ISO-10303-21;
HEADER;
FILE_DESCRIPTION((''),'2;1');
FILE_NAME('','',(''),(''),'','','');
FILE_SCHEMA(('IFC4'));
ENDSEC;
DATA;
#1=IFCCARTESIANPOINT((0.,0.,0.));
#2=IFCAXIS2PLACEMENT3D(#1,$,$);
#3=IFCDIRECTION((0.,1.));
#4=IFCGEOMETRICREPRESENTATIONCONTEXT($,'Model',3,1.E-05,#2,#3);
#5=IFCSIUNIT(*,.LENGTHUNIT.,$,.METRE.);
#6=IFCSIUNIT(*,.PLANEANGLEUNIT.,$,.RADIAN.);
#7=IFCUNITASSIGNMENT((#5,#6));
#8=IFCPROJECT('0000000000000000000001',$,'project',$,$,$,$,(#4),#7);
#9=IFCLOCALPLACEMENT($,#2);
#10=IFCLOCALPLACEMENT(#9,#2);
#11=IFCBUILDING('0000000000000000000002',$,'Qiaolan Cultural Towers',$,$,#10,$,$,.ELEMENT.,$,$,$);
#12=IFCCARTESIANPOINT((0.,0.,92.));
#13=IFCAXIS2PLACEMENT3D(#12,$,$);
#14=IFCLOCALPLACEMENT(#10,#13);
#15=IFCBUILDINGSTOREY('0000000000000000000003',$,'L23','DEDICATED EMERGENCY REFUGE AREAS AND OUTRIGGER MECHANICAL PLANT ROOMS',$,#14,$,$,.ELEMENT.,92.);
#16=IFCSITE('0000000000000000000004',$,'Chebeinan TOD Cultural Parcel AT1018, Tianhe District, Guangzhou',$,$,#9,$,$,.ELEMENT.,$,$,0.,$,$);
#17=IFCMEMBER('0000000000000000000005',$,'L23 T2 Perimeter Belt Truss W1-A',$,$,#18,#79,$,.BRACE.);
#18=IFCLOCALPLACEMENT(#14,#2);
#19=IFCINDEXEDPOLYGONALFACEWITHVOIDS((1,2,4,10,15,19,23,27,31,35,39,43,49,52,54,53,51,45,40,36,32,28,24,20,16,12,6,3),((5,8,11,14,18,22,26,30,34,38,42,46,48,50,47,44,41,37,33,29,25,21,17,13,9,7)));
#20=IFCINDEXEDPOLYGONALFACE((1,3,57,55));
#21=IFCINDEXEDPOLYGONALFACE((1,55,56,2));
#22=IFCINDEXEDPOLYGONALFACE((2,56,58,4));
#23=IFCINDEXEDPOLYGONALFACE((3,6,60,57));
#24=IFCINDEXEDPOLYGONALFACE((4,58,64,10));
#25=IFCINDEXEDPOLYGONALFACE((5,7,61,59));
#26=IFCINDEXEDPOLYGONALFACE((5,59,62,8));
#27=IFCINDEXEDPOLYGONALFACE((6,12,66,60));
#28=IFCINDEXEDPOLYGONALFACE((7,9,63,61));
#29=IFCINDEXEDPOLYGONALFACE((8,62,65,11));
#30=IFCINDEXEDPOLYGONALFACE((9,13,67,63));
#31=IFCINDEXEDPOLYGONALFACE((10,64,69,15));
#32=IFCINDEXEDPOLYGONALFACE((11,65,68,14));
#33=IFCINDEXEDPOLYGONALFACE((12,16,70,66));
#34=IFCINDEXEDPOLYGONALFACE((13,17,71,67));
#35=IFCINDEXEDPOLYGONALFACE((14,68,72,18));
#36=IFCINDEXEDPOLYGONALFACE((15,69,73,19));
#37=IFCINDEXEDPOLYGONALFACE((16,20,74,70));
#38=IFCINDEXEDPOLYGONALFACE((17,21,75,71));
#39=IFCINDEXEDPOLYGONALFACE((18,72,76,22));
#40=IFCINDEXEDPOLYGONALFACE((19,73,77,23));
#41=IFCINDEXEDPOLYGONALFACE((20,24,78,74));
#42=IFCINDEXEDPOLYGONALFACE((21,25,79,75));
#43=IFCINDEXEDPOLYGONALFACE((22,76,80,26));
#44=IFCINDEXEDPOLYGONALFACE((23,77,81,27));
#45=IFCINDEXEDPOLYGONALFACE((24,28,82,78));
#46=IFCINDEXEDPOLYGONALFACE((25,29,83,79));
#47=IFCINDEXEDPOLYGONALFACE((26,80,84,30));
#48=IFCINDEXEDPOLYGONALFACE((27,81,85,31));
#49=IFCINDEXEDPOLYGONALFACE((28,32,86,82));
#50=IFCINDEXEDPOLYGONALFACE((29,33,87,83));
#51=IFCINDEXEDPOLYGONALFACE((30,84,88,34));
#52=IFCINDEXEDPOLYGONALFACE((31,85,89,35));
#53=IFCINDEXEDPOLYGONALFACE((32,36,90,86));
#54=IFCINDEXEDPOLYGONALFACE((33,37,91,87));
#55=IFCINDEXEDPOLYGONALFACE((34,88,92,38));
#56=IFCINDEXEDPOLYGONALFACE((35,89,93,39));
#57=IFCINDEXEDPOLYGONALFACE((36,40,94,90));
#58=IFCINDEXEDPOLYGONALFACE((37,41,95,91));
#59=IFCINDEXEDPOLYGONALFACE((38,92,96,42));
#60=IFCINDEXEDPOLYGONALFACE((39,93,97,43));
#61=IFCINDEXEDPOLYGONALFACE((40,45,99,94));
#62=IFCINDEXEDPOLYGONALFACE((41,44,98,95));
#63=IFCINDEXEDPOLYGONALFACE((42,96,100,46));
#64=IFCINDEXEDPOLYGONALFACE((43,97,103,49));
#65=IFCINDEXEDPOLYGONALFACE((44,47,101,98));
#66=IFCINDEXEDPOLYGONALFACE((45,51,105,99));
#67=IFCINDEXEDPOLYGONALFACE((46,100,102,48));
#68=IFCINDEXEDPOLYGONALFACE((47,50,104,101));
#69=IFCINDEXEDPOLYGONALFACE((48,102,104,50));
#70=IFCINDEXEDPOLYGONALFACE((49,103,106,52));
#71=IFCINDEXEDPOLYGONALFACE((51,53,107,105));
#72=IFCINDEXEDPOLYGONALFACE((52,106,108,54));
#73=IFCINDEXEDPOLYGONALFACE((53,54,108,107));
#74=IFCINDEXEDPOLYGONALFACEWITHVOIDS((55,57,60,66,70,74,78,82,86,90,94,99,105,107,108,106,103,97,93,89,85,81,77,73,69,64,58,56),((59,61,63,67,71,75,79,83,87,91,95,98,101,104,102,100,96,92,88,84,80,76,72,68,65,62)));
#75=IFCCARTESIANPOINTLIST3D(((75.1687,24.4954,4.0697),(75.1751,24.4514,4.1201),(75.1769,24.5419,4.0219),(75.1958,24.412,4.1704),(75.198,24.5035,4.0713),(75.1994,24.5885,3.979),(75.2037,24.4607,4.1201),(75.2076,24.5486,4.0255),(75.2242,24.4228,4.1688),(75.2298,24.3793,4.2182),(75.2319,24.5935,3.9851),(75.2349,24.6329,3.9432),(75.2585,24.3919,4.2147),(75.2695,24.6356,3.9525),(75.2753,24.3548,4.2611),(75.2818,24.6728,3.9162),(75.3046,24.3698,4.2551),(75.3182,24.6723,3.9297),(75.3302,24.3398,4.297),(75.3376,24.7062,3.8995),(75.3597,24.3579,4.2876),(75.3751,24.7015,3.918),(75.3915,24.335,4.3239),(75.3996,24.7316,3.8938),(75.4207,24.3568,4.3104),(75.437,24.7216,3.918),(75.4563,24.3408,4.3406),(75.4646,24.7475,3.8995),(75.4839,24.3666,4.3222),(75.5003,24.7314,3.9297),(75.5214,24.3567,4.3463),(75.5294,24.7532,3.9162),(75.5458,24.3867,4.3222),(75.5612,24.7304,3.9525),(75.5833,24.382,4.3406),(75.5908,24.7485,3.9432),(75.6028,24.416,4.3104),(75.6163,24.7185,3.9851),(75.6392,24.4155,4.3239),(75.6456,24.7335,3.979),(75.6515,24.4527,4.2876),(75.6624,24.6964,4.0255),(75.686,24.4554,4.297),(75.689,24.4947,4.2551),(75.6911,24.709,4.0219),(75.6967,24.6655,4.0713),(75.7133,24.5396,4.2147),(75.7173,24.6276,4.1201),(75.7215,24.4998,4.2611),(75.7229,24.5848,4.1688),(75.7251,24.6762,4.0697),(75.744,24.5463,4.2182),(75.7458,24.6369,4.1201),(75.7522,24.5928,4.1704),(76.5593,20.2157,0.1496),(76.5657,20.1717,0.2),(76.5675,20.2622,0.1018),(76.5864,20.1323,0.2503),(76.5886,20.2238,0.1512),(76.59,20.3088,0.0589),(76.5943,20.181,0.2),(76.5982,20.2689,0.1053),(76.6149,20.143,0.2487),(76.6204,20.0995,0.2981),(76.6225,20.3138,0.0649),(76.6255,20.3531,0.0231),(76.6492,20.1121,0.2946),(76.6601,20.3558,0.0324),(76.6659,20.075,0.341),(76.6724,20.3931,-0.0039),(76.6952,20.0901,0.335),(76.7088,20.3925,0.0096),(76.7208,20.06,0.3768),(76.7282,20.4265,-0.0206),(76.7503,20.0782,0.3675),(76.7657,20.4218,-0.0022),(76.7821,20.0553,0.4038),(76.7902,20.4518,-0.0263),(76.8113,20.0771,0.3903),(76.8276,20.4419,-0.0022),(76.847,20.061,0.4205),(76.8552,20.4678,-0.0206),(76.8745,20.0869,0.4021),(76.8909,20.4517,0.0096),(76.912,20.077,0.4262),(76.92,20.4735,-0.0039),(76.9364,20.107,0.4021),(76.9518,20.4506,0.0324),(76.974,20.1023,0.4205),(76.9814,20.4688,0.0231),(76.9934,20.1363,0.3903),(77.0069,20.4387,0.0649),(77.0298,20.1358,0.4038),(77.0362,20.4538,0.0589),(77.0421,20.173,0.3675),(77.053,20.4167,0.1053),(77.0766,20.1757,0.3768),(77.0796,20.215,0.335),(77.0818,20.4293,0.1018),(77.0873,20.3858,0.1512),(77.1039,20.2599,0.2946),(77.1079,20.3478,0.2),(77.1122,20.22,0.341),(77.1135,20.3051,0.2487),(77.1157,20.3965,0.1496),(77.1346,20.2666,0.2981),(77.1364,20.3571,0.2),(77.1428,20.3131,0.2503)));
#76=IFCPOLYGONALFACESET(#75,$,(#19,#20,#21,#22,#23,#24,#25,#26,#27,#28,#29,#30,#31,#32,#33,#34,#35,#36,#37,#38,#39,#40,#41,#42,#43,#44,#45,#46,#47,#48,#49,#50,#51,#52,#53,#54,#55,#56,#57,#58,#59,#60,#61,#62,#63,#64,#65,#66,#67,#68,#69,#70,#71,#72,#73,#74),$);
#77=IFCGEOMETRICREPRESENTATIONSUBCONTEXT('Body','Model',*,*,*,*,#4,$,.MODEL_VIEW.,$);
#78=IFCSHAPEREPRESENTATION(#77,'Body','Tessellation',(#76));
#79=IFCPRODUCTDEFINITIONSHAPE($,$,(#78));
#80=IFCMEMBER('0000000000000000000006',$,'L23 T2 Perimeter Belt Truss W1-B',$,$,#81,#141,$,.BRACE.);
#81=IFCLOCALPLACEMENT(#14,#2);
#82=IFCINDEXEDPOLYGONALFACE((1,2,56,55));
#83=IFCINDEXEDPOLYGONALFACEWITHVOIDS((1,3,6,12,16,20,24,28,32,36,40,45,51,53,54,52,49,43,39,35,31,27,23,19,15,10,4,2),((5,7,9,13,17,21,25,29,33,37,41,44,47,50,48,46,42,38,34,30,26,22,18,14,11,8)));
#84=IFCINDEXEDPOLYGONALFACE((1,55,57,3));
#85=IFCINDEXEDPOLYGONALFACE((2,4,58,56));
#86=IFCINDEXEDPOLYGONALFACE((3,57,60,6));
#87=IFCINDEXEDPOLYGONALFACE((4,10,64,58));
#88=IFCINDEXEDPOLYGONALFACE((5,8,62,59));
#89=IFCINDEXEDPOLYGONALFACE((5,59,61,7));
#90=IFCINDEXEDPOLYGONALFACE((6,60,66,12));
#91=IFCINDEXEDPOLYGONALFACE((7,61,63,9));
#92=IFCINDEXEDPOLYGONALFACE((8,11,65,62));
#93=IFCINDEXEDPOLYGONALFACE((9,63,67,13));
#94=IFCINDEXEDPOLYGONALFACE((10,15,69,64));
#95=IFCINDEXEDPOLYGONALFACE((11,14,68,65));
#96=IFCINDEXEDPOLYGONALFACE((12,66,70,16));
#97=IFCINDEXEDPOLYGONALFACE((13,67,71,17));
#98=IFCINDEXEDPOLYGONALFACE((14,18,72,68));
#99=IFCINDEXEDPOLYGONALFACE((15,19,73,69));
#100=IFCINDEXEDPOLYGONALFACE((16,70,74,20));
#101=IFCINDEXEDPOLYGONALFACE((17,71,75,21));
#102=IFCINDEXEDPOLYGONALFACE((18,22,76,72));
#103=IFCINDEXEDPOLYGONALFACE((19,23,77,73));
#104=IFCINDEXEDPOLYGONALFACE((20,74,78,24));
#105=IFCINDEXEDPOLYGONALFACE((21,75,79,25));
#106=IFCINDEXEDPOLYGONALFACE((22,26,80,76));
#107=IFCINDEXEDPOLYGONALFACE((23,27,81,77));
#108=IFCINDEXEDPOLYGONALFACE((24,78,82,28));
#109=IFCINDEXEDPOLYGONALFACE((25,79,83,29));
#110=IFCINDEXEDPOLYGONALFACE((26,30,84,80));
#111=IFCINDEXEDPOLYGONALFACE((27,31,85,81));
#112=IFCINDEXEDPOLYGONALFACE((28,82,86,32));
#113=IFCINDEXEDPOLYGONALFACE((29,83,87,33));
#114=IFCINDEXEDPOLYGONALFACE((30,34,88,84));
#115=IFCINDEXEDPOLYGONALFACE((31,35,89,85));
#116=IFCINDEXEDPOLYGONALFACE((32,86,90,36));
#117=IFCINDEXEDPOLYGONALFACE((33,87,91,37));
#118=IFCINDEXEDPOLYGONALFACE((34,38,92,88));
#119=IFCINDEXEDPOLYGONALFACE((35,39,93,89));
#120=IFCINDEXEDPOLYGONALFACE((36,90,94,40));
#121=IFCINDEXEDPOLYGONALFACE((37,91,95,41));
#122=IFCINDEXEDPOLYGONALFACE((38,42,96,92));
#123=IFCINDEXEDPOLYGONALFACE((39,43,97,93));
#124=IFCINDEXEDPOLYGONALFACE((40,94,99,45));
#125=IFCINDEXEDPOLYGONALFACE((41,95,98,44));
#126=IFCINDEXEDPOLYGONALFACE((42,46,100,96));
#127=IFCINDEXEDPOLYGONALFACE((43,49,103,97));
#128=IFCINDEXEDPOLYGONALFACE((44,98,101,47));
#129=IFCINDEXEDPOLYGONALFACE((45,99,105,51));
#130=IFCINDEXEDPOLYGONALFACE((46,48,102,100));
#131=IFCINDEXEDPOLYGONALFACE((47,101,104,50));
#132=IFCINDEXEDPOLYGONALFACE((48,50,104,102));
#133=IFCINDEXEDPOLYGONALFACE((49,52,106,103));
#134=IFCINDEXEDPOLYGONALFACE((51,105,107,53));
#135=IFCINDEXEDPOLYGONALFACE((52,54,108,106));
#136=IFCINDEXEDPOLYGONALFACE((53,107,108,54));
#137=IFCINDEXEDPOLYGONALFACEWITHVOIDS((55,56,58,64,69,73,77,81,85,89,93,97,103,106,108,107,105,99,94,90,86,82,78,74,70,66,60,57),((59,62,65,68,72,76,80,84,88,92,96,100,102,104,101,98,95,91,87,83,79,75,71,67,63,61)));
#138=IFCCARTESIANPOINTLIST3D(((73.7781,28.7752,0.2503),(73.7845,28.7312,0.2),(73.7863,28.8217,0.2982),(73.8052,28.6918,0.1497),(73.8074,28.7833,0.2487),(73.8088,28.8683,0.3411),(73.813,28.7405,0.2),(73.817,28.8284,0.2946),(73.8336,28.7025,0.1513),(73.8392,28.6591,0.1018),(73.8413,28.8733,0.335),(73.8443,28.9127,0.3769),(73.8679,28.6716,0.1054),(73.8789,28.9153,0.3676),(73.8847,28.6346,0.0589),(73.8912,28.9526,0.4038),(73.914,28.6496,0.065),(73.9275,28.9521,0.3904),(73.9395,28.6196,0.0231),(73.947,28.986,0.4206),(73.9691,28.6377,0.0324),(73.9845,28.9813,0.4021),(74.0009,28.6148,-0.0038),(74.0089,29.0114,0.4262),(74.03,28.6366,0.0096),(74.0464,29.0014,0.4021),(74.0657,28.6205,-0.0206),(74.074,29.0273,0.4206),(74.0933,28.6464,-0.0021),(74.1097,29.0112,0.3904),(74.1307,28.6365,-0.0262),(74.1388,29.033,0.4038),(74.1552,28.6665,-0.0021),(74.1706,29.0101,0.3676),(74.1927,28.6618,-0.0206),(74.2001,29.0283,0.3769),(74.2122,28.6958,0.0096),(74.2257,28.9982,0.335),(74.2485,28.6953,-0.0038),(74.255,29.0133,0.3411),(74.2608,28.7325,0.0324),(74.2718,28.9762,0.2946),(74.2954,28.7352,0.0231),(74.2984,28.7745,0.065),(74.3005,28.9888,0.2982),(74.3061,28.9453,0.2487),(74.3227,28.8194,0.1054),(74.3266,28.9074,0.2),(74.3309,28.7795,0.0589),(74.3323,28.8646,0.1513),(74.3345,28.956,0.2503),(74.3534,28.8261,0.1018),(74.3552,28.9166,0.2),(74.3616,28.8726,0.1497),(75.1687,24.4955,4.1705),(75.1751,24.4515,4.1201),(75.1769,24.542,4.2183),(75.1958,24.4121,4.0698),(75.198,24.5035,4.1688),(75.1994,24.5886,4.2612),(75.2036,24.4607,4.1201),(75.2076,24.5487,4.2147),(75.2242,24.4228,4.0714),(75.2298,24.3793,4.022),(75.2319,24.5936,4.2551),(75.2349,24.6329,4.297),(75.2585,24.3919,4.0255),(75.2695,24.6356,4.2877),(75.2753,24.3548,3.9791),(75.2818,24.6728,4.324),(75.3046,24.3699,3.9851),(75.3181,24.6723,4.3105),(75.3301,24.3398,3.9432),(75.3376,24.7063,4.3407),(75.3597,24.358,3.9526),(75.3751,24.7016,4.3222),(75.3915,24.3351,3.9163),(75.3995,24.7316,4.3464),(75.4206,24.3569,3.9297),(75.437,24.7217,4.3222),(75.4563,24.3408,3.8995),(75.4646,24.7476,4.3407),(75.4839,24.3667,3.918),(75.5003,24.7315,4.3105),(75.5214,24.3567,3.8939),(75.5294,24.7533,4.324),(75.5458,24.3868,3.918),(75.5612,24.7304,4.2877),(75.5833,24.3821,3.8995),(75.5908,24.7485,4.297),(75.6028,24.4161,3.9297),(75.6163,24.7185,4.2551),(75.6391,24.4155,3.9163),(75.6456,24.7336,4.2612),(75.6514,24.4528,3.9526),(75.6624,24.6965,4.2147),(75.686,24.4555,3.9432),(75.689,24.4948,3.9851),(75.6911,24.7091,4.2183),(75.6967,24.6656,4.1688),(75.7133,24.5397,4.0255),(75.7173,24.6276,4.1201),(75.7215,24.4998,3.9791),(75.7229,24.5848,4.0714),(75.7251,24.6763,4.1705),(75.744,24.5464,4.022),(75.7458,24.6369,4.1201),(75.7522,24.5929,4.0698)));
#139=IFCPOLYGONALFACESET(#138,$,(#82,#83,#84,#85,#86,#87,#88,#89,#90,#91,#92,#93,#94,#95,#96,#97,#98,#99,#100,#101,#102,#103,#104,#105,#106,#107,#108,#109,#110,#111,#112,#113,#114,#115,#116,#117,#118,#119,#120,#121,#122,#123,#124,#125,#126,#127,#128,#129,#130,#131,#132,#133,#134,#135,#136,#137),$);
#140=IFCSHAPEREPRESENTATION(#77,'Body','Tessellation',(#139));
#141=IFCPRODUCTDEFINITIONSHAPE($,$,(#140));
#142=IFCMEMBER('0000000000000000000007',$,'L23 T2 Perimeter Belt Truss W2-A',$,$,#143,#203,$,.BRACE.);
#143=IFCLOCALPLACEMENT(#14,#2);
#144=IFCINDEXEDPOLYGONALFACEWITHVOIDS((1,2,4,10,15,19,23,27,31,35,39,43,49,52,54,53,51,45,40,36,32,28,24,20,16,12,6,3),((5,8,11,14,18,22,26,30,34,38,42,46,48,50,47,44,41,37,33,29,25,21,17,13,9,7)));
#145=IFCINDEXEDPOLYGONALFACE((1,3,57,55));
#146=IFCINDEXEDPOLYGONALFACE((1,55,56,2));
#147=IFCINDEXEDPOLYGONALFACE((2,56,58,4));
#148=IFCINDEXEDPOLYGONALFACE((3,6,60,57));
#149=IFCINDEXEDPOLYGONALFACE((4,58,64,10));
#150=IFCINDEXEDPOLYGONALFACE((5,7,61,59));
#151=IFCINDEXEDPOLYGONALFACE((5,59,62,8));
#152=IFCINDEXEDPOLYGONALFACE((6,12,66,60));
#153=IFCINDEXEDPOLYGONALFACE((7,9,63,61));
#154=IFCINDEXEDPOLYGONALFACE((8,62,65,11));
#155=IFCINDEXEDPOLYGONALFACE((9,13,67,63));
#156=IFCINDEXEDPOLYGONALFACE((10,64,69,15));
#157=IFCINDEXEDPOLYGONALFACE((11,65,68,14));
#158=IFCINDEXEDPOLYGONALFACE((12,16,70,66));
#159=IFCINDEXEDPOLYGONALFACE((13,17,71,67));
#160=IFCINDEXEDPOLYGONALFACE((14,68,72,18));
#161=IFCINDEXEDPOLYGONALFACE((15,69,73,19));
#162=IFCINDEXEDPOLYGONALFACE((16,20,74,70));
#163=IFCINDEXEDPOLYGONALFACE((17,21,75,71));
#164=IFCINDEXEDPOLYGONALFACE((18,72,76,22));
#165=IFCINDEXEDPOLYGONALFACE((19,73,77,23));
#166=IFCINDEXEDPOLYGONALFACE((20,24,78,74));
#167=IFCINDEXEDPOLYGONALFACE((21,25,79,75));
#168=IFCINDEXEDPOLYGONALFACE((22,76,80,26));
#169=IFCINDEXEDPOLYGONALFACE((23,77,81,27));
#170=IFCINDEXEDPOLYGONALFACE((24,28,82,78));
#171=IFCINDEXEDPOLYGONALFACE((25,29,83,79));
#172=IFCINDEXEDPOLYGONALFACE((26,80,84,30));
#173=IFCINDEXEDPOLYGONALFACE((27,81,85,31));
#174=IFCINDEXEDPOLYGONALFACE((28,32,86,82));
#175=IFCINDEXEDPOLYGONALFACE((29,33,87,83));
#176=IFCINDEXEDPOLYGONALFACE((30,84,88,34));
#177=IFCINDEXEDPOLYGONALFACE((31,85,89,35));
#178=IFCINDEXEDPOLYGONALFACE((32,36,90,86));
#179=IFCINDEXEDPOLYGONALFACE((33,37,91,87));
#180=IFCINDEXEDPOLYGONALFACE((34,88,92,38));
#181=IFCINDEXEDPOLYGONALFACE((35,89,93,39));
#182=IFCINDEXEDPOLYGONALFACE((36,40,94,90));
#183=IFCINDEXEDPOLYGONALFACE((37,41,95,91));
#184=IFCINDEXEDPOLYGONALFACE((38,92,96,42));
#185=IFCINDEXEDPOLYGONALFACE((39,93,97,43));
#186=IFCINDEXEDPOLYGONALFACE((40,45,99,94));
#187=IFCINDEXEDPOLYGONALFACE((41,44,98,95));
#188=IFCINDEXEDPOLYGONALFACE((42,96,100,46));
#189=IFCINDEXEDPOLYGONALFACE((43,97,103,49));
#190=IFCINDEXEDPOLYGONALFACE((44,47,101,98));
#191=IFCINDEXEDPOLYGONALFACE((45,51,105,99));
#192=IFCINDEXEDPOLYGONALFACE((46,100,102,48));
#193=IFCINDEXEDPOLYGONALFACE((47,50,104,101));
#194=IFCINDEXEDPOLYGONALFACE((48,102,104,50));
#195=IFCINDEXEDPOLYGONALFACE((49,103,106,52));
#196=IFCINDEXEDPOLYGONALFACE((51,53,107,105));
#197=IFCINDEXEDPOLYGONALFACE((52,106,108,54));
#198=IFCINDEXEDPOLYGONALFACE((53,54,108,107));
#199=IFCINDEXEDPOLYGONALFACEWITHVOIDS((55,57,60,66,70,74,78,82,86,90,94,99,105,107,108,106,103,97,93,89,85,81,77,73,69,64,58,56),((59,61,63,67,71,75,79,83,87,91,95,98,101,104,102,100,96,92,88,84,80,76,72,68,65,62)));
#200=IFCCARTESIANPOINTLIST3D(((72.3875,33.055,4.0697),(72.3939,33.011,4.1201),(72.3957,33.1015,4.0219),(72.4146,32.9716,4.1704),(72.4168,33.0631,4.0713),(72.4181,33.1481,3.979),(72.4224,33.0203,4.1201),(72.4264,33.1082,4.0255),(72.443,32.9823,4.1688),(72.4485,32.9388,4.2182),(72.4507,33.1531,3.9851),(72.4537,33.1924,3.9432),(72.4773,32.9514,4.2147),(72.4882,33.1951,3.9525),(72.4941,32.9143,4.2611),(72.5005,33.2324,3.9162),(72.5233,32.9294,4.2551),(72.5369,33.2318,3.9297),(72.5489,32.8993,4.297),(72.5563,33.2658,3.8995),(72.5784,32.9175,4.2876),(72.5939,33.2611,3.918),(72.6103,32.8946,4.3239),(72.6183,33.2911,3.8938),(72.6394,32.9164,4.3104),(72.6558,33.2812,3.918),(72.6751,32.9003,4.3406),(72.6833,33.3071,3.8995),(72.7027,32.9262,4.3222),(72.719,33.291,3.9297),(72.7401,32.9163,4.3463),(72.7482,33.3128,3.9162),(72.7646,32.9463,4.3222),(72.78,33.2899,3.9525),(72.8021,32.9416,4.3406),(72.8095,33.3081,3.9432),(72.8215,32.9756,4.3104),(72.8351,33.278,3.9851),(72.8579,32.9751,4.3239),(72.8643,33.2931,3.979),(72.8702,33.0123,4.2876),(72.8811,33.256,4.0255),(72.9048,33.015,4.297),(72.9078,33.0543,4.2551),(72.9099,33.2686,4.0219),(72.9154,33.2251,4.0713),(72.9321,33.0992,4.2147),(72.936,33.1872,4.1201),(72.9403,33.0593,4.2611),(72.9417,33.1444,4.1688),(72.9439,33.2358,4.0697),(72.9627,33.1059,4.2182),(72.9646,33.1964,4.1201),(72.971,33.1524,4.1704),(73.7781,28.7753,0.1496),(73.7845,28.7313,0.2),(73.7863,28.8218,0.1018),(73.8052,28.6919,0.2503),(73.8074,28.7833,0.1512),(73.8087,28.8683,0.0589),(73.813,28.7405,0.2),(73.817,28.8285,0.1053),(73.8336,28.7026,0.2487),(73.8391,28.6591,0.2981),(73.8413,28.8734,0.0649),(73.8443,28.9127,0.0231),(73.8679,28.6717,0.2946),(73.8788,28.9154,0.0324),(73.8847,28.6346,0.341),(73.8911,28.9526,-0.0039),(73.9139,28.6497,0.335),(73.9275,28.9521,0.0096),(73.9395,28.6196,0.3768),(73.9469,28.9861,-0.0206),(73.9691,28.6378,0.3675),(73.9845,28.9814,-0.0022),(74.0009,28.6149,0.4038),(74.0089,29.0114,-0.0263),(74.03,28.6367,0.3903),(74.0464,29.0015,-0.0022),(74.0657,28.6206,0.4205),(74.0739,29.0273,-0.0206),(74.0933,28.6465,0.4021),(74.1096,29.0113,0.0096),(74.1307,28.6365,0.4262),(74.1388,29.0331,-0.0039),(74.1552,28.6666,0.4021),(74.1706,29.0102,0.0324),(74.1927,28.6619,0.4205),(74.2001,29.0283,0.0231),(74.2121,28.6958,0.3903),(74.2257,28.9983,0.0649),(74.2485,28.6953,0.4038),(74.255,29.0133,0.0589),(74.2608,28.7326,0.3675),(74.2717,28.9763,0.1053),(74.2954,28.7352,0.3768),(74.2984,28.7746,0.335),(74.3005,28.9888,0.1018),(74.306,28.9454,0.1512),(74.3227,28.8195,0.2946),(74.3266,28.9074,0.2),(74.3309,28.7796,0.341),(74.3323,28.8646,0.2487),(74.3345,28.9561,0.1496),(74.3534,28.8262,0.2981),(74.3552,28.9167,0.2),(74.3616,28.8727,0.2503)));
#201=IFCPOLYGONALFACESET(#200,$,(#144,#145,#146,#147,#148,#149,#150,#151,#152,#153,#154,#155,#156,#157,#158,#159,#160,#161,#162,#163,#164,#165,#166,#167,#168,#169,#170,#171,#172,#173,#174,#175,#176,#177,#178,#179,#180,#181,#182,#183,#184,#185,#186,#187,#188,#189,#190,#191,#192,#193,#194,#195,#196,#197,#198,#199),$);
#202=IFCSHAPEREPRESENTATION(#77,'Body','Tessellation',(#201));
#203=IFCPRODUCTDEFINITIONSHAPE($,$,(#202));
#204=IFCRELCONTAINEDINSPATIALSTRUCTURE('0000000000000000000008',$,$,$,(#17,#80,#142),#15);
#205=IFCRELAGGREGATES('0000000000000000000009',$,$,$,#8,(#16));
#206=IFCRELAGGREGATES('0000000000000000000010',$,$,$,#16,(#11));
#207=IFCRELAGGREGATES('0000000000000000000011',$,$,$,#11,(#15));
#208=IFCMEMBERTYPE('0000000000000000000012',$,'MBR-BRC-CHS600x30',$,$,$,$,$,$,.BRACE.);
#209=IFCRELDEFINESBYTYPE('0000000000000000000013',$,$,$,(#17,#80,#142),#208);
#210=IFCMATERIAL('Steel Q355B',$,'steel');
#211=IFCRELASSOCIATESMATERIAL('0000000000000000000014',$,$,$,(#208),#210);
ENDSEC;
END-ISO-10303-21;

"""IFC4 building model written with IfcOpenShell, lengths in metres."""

from ifc_helpers import new_model, si_unit, direction, frame, origin, origin_2d, place, context, subcontext, project, spatial, hollow_circle, extrude, material, material_profile, profile_set, type_object, element, save


model = new_model("IFC4")

# Units and contexts
model_context = context("Model", 3, precision=1e-05, world=origin(), true_north=direction((0.0, 1.0)))
body_context = subcontext(model_context, "Body", "Model", "MODEL_VIEW")
ifc_project = project(units=[si_unit("LENGTHUNIT", "METRE"), si_unit("PLANEANGLEUNIT", "RADIAN")], contexts=[model_context])

# Site, building, storey
site_placement = place(None, origin())
site = spatial("IfcSite", under=ifc_project, at=site_placement, Name="Chebeinan TOD Cultural Parcel AT1018, Tianhe District, Guangzhou", CompositionType="ELEMENT", RefElevation=0.0)
building_placement = place(site_placement, origin())
building = spatial("IfcBuilding", under=site, at=building_placement, Name="Qiaolan Cultural Towers", CompositionType="ELEMENT")
storey_placement = place(building_placement, frame((0.0, 0.0, 92.0)))
storey = spatial("IfcBuildingStorey", under=building, at=storey_placement, Name="L23", Description="DEDICATED EMERGENCY REFUGE AREAS AND OUTRIGGER MECHANICAL PLANT ROOMS", CompositionType="ELEMENT", Elevation=92.0)

# Members
ifc_material_1 = material(Name="Steel Q355B", Category="steel")
ifc_material_profile_1 = material_profile(ifc_material_1, hollow_circle(Radius=0.3, WallThickness=0.03, at=origin_2d()), Name="CHS600x30")
ifc_profile_set_1 = profile_set([ifc_material_profile_1], Name="Steel Q355B")
member_type_1 = type_object("IfcMemberType", Name="MBR-BRC-CHS600x30", PredefinedType="BRACE", material=ifc_profile_set_1)
for number, where, z_axis, x_axis, name in (
    (1, (76.8511, 20.2644, 0.2), (-0.23301, 0.717111, 0.656854), (-0.951054, -0.309025, 0.0), "L23 T2 Perimeter Belt Truss W1-A"),
    (2, (75.4604, 24.5442, 4.1201), (-0.23301, 0.717111, -0.656854), (-0.951054, -0.309025, 0.0), "L23 T2 Perimeter Belt Truss W1-B"),
    (3, (74.0698, 28.824, 0.2), (-0.23301, 0.717111, 0.656854), (-0.951054, -0.309025, 0.0), "L23 T2 Perimeter Belt Truss W2-A"),
):
    element("IfcMember", number, at=place(storey_placement, frame(where, z_axis=z_axis, x_axis=x_axis)), inside=storey, type_object=member_type_1, Name=name, PredefinedType="BRACE", context=body_context, shape_type="SweptSolid", body=[
        extrude(hollow_circle(Radius=0.3, WallThickness=0.03, at=origin_2d()), origin(), (0.0, 0.0, 1.0), 5.968),
    ])

save(model, "model.ifc")
